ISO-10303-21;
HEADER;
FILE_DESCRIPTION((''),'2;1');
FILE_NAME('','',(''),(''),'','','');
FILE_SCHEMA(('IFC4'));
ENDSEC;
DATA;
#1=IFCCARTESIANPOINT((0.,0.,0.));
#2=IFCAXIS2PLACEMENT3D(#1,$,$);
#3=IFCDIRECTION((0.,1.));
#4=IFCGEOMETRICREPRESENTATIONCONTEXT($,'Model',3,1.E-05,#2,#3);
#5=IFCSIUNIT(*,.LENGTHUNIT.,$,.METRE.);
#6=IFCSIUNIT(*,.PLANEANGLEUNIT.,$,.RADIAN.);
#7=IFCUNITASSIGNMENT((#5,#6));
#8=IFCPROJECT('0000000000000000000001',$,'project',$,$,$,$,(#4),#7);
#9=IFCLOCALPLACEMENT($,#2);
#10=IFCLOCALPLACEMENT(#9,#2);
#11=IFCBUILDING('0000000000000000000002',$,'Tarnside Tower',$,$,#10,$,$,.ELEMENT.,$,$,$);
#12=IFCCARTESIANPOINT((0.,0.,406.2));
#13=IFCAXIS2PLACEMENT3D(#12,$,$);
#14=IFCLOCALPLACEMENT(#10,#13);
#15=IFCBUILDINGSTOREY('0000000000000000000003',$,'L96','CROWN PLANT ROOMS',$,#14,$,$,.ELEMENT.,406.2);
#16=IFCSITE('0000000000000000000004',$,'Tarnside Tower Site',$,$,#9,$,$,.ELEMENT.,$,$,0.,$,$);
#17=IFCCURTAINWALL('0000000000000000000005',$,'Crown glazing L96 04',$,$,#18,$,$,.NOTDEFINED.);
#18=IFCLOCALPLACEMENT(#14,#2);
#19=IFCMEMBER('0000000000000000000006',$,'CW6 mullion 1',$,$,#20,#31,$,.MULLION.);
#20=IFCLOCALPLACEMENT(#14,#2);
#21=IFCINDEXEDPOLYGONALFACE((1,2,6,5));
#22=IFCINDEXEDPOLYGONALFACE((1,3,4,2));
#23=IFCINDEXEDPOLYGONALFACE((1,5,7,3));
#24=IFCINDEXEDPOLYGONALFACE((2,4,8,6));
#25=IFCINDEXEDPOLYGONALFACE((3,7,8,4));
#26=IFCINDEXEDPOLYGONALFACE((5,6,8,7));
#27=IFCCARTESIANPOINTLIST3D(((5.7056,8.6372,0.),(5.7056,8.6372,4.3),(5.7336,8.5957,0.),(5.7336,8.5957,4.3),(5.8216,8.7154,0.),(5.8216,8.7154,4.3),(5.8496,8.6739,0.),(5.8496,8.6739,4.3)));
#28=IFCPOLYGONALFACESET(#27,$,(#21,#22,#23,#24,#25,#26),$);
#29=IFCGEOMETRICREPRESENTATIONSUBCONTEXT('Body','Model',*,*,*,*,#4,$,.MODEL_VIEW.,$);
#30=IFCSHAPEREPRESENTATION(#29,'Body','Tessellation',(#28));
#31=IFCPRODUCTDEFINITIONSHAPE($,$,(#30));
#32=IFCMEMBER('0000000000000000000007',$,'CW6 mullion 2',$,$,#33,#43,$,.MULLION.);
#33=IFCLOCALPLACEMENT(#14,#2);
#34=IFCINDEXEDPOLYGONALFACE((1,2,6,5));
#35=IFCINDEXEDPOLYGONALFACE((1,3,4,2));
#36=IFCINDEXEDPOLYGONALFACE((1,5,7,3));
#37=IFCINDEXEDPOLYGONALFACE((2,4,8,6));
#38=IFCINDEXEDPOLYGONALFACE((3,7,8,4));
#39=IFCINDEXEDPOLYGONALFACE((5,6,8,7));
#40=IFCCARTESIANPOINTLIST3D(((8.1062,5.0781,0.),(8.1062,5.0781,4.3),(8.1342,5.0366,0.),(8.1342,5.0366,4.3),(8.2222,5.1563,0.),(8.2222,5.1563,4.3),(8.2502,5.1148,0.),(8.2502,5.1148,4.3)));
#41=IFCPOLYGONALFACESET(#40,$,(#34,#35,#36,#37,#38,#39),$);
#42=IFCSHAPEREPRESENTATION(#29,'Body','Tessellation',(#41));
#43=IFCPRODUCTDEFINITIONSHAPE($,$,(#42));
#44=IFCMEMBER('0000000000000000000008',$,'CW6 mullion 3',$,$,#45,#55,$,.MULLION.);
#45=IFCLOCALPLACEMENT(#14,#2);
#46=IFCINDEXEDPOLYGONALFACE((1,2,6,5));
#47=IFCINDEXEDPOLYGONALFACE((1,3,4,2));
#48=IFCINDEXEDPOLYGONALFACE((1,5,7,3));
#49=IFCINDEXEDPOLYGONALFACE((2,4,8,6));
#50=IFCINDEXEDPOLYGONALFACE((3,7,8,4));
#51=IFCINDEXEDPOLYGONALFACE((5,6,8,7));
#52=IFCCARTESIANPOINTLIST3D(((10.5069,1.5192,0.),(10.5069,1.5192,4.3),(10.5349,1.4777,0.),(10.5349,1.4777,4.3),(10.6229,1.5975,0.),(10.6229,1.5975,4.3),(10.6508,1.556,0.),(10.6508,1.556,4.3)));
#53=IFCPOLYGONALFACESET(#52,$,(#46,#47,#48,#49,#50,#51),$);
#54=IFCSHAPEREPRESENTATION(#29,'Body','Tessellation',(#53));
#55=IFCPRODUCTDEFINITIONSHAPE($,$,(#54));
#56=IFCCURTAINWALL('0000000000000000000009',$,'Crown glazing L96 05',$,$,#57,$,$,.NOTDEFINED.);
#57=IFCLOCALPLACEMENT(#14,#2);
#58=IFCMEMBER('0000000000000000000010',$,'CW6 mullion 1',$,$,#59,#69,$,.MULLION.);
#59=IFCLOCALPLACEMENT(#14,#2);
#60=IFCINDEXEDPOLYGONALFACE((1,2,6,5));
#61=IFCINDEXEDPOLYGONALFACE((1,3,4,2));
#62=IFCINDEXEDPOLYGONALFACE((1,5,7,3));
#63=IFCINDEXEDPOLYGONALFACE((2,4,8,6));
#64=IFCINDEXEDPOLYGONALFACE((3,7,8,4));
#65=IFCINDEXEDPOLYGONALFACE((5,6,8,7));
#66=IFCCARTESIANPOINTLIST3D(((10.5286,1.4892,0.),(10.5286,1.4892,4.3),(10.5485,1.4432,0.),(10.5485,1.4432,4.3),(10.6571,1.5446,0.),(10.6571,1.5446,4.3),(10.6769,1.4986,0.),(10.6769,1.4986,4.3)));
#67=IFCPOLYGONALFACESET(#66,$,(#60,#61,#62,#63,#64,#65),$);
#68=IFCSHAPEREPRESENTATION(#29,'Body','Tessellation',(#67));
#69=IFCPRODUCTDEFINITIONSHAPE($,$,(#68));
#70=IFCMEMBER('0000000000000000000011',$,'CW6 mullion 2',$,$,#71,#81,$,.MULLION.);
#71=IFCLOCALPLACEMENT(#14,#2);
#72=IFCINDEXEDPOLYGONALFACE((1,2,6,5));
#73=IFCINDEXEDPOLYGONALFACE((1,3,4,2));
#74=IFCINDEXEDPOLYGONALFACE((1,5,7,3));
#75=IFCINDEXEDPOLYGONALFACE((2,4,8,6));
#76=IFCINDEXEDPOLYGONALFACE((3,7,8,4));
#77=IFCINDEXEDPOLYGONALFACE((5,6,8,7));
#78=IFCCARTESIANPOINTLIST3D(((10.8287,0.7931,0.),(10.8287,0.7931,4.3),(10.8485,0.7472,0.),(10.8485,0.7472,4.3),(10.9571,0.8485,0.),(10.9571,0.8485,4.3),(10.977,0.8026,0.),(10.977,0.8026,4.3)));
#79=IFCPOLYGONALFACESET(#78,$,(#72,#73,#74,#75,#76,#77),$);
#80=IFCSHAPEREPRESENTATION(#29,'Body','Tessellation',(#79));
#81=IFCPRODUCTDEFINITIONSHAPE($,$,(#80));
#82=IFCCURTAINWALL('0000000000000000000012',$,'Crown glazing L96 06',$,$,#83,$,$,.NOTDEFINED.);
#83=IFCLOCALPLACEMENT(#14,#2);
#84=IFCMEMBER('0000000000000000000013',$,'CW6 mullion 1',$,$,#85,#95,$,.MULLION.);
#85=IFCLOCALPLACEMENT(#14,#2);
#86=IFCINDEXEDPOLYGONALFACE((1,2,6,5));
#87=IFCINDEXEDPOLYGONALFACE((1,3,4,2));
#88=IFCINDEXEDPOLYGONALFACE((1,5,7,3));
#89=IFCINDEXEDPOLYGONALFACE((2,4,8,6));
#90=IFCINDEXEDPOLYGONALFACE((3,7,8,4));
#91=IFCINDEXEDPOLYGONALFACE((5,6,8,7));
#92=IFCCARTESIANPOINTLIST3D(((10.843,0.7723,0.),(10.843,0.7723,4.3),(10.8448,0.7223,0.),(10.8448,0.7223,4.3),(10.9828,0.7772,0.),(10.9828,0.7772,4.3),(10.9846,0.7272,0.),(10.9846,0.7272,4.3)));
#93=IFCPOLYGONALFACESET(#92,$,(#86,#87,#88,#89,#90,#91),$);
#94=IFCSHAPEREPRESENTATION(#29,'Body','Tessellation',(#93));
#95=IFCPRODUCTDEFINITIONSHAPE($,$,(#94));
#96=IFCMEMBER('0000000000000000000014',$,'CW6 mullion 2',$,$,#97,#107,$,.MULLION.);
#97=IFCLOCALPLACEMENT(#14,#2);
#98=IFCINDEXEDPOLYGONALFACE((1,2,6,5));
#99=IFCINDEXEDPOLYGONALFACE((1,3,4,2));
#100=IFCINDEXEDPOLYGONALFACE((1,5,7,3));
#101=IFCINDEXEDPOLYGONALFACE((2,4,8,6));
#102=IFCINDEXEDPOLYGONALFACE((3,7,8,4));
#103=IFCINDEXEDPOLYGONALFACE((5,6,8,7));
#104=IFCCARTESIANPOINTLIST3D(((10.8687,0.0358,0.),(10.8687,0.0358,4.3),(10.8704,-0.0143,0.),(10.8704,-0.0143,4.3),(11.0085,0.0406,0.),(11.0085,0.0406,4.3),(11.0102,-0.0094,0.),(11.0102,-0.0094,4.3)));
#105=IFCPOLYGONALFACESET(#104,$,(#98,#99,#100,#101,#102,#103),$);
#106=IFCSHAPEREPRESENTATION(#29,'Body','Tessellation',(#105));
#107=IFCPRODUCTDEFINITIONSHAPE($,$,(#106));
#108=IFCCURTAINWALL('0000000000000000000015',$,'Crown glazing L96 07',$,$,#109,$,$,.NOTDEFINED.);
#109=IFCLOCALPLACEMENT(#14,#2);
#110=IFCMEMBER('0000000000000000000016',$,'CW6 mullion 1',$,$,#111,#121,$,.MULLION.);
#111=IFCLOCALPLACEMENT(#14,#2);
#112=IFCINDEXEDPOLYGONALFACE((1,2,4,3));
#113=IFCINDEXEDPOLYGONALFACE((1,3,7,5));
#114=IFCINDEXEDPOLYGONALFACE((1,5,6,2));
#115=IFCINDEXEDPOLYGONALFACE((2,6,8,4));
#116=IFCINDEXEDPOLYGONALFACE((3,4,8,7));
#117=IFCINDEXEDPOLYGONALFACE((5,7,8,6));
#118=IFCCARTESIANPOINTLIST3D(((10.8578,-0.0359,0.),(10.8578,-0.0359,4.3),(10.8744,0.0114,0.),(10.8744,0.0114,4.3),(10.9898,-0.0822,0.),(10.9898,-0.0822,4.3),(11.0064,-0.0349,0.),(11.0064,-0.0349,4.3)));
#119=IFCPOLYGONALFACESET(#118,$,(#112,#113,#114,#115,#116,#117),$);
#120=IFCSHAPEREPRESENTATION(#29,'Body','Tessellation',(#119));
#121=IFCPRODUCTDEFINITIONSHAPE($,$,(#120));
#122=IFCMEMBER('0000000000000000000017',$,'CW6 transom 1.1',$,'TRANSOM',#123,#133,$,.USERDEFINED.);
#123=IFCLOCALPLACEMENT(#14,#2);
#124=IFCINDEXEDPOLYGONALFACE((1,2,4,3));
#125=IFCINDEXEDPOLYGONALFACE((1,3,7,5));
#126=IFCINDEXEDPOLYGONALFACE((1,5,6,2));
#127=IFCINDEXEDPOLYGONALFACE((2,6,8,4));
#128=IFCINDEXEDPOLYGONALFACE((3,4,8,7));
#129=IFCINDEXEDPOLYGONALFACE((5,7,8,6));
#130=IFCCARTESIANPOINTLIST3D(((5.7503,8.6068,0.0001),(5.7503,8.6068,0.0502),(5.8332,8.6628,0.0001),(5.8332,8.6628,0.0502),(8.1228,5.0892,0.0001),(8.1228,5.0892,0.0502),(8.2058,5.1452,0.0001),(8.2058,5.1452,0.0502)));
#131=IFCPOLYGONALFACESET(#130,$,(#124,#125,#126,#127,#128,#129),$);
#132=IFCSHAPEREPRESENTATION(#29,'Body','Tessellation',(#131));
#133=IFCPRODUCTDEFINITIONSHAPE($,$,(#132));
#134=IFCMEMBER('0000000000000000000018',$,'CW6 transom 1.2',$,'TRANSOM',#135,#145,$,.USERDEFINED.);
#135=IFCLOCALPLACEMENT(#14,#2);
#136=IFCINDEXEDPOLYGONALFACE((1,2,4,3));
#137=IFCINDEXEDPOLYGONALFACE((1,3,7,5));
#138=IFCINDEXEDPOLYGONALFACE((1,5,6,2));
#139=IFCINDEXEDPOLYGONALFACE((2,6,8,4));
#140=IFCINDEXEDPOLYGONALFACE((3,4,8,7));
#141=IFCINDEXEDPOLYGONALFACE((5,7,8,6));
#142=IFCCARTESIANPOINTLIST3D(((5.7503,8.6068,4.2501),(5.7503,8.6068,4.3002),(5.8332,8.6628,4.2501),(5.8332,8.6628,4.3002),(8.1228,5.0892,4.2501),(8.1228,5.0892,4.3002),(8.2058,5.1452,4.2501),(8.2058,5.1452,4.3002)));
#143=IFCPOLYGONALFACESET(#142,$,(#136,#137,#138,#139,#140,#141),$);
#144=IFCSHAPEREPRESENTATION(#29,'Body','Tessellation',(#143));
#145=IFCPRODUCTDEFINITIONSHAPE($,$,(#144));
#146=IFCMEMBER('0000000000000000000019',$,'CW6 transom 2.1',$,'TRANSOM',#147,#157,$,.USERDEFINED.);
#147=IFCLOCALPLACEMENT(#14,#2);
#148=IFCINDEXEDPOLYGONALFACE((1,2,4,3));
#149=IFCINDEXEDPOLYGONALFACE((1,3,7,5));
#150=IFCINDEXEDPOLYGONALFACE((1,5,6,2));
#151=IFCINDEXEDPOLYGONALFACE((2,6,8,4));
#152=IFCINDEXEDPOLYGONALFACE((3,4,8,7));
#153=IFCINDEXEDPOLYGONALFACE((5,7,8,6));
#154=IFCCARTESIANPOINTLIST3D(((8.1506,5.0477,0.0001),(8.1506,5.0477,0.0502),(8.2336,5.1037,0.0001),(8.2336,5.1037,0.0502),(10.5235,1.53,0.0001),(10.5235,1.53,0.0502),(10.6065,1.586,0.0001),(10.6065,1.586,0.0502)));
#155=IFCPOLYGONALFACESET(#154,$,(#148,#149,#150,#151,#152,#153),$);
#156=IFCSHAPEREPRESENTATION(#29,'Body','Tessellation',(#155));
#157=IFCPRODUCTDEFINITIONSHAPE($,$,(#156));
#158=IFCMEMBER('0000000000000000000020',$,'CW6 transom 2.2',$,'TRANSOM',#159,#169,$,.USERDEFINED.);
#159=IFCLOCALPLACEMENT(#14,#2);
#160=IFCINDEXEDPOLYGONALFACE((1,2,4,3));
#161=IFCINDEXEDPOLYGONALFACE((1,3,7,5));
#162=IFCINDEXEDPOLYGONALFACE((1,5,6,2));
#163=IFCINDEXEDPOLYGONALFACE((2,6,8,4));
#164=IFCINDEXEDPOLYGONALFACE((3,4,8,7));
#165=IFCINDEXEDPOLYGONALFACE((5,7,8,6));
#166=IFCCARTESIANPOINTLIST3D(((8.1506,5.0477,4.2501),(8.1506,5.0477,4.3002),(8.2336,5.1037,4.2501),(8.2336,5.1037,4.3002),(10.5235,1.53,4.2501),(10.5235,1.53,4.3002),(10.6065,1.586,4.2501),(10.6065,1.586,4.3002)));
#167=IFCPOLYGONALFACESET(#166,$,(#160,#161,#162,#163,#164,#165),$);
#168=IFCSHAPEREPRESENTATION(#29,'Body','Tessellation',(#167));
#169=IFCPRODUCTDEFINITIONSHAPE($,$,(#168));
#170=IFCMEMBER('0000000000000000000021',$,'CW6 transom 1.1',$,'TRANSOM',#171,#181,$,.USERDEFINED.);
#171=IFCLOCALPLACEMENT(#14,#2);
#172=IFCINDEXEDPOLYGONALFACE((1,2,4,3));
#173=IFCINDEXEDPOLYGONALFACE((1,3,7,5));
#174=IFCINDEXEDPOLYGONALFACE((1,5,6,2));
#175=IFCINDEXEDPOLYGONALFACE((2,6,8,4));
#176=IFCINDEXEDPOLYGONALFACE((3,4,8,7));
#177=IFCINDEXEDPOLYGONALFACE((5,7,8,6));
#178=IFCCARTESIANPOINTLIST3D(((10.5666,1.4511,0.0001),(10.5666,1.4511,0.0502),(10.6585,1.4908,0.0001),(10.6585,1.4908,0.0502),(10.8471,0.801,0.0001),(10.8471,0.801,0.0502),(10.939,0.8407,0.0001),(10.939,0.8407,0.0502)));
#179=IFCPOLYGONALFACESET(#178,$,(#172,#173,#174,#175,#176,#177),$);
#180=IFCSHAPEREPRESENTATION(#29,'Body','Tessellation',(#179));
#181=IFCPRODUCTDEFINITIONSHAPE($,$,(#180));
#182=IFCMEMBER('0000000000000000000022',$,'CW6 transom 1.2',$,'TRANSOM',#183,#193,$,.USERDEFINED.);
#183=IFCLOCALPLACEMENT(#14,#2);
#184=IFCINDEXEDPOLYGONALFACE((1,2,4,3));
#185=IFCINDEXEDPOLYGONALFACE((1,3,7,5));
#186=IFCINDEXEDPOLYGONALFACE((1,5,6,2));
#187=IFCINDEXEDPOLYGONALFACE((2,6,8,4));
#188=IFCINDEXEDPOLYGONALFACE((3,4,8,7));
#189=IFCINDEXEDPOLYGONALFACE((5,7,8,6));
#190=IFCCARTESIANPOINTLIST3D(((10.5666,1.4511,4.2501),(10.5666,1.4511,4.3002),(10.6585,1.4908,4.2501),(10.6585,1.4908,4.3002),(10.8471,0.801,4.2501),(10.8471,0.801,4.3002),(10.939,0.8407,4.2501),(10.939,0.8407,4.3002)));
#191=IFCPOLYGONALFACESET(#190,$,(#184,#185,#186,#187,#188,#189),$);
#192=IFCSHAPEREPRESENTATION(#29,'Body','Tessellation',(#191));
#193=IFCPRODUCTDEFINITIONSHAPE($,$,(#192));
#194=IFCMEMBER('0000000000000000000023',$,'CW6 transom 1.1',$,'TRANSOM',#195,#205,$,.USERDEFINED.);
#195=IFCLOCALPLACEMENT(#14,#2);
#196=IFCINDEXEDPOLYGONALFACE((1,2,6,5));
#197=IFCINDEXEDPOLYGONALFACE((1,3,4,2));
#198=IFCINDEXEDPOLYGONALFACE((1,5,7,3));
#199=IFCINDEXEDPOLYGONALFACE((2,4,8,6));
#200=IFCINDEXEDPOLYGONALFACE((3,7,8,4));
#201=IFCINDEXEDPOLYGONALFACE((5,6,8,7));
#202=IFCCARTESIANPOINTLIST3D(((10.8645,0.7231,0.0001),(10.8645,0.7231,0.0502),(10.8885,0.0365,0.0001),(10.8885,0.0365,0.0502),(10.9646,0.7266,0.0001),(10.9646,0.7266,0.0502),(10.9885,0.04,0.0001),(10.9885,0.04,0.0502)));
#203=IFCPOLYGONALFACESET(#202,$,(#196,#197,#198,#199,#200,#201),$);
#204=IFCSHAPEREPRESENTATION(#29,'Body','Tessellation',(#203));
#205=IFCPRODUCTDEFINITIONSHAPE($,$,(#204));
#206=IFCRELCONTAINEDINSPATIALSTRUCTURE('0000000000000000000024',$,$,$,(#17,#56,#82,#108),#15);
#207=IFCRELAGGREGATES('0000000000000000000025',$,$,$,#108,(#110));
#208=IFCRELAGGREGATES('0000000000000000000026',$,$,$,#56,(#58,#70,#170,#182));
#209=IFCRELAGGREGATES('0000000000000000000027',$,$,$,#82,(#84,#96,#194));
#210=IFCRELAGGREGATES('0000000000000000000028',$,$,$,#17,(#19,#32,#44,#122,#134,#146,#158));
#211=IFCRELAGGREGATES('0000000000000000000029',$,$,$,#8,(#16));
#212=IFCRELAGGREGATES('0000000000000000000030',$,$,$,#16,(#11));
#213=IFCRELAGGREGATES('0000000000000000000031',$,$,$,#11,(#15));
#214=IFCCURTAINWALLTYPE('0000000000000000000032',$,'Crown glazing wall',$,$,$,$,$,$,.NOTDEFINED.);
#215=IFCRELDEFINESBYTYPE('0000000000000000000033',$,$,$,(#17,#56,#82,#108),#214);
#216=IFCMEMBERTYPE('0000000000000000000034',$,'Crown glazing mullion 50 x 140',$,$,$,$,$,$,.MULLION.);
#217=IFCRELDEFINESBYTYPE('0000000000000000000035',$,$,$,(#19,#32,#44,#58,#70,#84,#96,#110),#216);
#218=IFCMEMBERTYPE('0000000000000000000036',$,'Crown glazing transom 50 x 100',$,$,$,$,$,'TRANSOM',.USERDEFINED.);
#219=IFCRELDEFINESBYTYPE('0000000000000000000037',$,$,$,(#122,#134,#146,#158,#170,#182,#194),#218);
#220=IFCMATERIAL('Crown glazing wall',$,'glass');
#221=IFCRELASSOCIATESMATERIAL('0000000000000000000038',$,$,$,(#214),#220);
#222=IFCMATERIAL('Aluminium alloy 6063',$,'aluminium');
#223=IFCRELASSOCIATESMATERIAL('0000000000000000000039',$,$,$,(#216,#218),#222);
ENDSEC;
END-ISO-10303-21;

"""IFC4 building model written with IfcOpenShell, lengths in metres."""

from ifc_helpers import new_model, si_unit, direction, frame, origin, origin_2d, place, context, subcontext, project, spatial, rectangle, extrude, material, material_profile, profile_set, type_object, element, aggregate, save


model = new_model("IFC4")

# Units and contexts
model_context = context("Model", 3, precision=1e-05, world=origin(), true_north=direction((0.0, 1.0)))
body_context = subcontext(model_context, "Body", "Model", "MODEL_VIEW")
ifc_project = project(units=[si_unit("LENGTHUNIT", "METRE"), si_unit("PLANEANGLEUNIT", "RADIAN")], contexts=[model_context])

# Site, building, storey
site_placement = place(None, origin())
site = spatial("IfcSite", under=ifc_project, at=site_placement, Name="Tarnside Tower Site", CompositionType="ELEMENT", RefElevation=0.0)
building_placement = place(site_placement, origin())
building = spatial("IfcBuilding", under=site, at=building_placement, Name="Tarnside Tower", CompositionType="ELEMENT")
storey_placement = place(building_placement, frame((0.0, 0.0, 406.2)))
storey = spatial("IfcBuildingStorey", under=building, at=storey_placement, Name="L96", Description="CROWN PLANT ROOMS", CompositionType="ELEMENT", Elevation=406.2)

# Curtain walls, members
ifc_material_1 = material(Name="Crown glazing wall", Category="glass")
curtain_wall_type = type_object("IfcCurtainWallType", Name="Crown glazing wall", PredefinedType="NOTDEFINED", material=ifc_material_1)
curtain_wall_1_placement = place(storey_placement, origin())
curtain_wall_1 = element("IfcCurtainWall", 1, at=curtain_wall_1_placement, inside=storey, type_object=curtain_wall_type, Name="Crown glazing L96 04", PredefinedType="NOTDEFINED")
ifc_material_2 = material(Name="Aluminium alloy 6063", Category="aluminium")
ifc_material_profile_1 = material_profile(ifc_material_2, rectangle(XDim=0.1399, YDim=0.05, at=origin_2d()), Name="Crown glazing mullion 50 x 140")
ifc_profile_set_1 = profile_set([ifc_material_profile_1], Name="Aluminium alloy 6063")
member_type_1 = type_object("IfcMemberType", Name="Crown glazing mullion 50 x 140", PredefinedType="MULLION", material=ifc_profile_set_1)
member_1_placement = place(storey_placement, frame((5.7776, 8.6555, 0.0), z_axis=(0.0, 0.0, 1.0), x_axis=(0.829038, 0.559193, 0.0)))
member_1 = element("IfcMember", 2, at=member_1_placement, type_object=member_type_1, Name="CW6 mullion 1", PredefinedType="MULLION", context=body_context, shape_type="SweptSolid", body=[
    extrude(rectangle(XDim=0.1399, YDim=0.05, at=origin_2d()), origin(), (0.0, 0.0, 1.0), 4.3),
])
member_2_placement = place(storey_placement, frame((8.1782, 5.0964, 0.0), z_axis=(0.0, 0.0, 1.0), x_axis=(0.829038, 0.559193, 0.0)))
member_2 = element("IfcMember", 3, at=member_2_placement, type_object=member_type_1, Name="CW6 mullion 2", PredefinedType="MULLION", context=body_context, shape_type="SweptSolid", body=[
    extrude(rectangle(XDim=0.1399, YDim=0.05, at=origin_2d()), origin(), (0.0, 0.0, 1.0), 4.3),
])
member_3_placement = place(storey_placement, frame((10.5789, 1.5376, 0.0), z_axis=(0.0, 0.0, 1.0), x_axis=(0.829038, 0.559193, 0.0)))
member_3 = element("IfcMember", 4, at=member_3_placement, type_object=member_type_1, Name="CW6 mullion 3", PredefinedType="MULLION", context=body_context, shape_type="SweptSolid", body=[
    extrude(rectangle(XDim=0.1399, YDim=0.05, at=origin_2d()), origin(), (0.0, 0.0, 1.0), 4.3),
])
curtain_wall_2_placement = place(storey_placement, origin())
curtain_wall_2 = element("IfcCurtainWall", 5, at=curtain_wall_2_placement, inside=storey, type_object=curtain_wall_type, Name="Crown glazing L96 05", PredefinedType="NOTDEFINED")
member_4_placement = place(storey_placement, frame((10.6028, 1.4939, 0.0), z_axis=(0.0, 0.0, 1.0), x_axis=(0.918216, 0.39608, 0.0)))
member_4 = element("IfcMember", 6, at=member_4_placement, type_object=member_type_1, Name="CW6 mullion 1", PredefinedType="MULLION", context=body_context, shape_type="SweptSolid", body=[
    extrude(rectangle(XDim=0.1399, YDim=0.05, at=origin_2d()), origin(), (0.0, 0.0, 1.0), 4.3),
])
member_5_placement = place(storey_placement, frame((10.9028, 0.7979, 0.0), z_axis=(0.0, 0.0, 1.0), x_axis=(0.918216, 0.39608, 0.0)))
member_5 = element("IfcMember", 7, at=member_5_placement, type_object=member_type_1, Name="CW6 mullion 2", PredefinedType="MULLION", context=body_context, shape_type="SweptSolid", body=[
    extrude(rectangle(XDim=0.1399, YDim=0.05, at=origin_2d()), origin(), (0.0, 0.0, 1.0), 4.3),
])
curtain_wall_3_placement = place(storey_placement, origin())
curtain_wall_3 = element("IfcCurtainWall", 8, at=curtain_wall_3_placement, inside=storey, type_object=curtain_wall_type, Name="Crown glazing L96 06", PredefinedType="NOTDEFINED")
member_6_placement = place(storey_placement, frame((10.9138, 0.7498, 0.0), z_axis=(0.0, 0.0, 1.0), x_axis=(0.999391, 0.034899, 0.0)))
member_6 = element("IfcMember", 9, at=member_6_placement, type_object=member_type_1, Name="CW6 mullion 1", PredefinedType="MULLION", context=body_context, shape_type="SweptSolid", body=[
    extrude(rectangle(XDim=0.1399, YDim=0.05, at=origin_2d()), origin(), (0.0, 0.0, 1.0), 4.3),
])
member_7_placement = place(storey_placement, frame((10.9395, 0.0132, 0.0), z_axis=(0.0, 0.0, 1.0), x_axis=(0.999391, 0.034899, 0.0)))
member_7 = element("IfcMember", 10, at=member_7_placement, type_object=member_type_1, Name="CW6 mullion 2", PredefinedType="MULLION", context=body_context, shape_type="SweptSolid", body=[
    extrude(rectangle(XDim=0.1399, YDim=0.05, at=origin_2d()), origin(), (0.0, 0.0, 1.0), 4.3),
])

# Curtain wall, member
curtain_wall_4_placement = place(storey_placement, origin())
curtain_wall_4 = element("IfcCurtainWall", 11, at=curtain_wall_4_placement, inside=storey, type_object=curtain_wall_type, Name="Crown glazing L96 07", PredefinedType="NOTDEFINED")
member_8_placement = place(storey_placement, frame((10.9321, -0.0354, 0.0), z_axis=(0.0, 0.0, 1.0), x_axis=(0.943609, -0.331063, 0.0)))
member_8 = element("IfcMember", 12, at=member_8_placement, type_object=member_type_1, Name="CW6 mullion 1", PredefinedType="MULLION", context=body_context, shape_type="SweptSolid", body=[
    extrude(rectangle(XDim=0.1399, YDim=0.05, at=origin_2d()), origin(), (0.0, 0.0, 1.0), 4.3),
])
aggregate(curtain_wall_4, [member_8])

# Members
ifc_material_profile_2 = material_profile(ifc_material_2, rectangle(XDim=0.1001, YDim=0.05, at=origin_2d()), Name="Crown glazing transom 50 x 100")
ifc_profile_set_2 = profile_set([ifc_material_profile_2], Name="Aluminium alloy 6063")
member_type_2 = type_object("IfcMemberType", Name="Crown glazing transom 50 x 100", ElementType="TRANSOM", PredefinedType="USERDEFINED", material=ifc_profile_set_2)
member_9_placement = place(storey_placement, frame((5.7917, 8.6348, 0.0251), z_axis=(0.55918, -0.829046, 0.0), x_axis=(0.829046, 0.55918, 0.0)))
member_9 = element("IfcMember", 13, at=member_9_placement, type_object=member_type_2, Name="CW6 transom 1.1", ObjectType="TRANSOM", PredefinedType="USERDEFINED", context=body_context, shape_type="SweptSolid", body=[
    extrude(rectangle(XDim=0.1001, YDim=0.05, at=origin_2d()), origin(), (0.0, 0.0, 1.0), 4.2429),
])
member_10_placement = place(storey_placement, frame((5.7917, 8.6348, 4.2751), z_axis=(0.55918, -0.829046, 0.0), x_axis=(0.829046, 0.55918, 0.0)))
member_10 = element("IfcMember", 14, at=member_10_placement, type_object=member_type_2, Name="CW6 transom 1.2", ObjectType="TRANSOM", PredefinedType="USERDEFINED", context=body_context, shape_type="SweptSolid", body=[
    extrude(rectangle(XDim=0.1001, YDim=0.05, at=origin_2d()), origin(), (0.0, 0.0, 1.0), 4.2429),
])
member_11_placement = place(storey_placement, frame((8.1921, 5.0757, 0.0251), z_axis=(0.55922, -0.829019, 0.0), x_axis=(0.829019, 0.55922, 0.0)))
member_11 = element("IfcMember", 15, at=member_11_placement, type_object=member_type_2, Name="CW6 transom 2.1", ObjectType="TRANSOM", PredefinedType="USERDEFINED", context=body_context, shape_type="SweptSolid", body=[
    extrude(rectangle(XDim=0.1001, YDim=0.05, at=origin_2d()), origin(), (0.0, 0.0, 1.0), 4.2432),
])
member_12_placement = place(storey_placement, frame((8.1921, 5.0757, 4.2751), z_axis=(0.55922, -0.829019, 0.0), x_axis=(0.829019, 0.55922, 0.0)))
member_12 = element("IfcMember", 16, at=member_12_placement, type_object=member_type_2, Name="CW6 transom 2.2", ObjectType="TRANSOM", PredefinedType="USERDEFINED", context=body_context, shape_type="SweptSolid", body=[
    extrude(rectangle(XDim=0.1001, YDim=0.05, at=origin_2d()), origin(), (0.0, 0.0, 1.0), 4.2432),
])
member_13_placement = place(storey_placement, frame((10.6125, 1.4709, 0.0251), z_axis=(0.396165, -0.918179, 0.0), x_axis=(0.918179, 0.396165, 0.0)))
member_13 = element("IfcMember", 17, at=member_13_placement, type_object=member_type_2, Name="CW6 transom 1.1", ObjectType="TRANSOM", PredefinedType="USERDEFINED", context=body_context, shape_type="SweptSolid", body=[
    extrude(rectangle(XDim=0.1001, YDim=0.05, at=origin_2d()), origin(), (0.0, 0.0, 1.0), 0.708),
])
member_14_placement = place(storey_placement, frame((10.6125, 1.4709, 4.2751), z_axis=(0.396165, -0.918179, 0.0), x_axis=(0.918179, 0.396165, 0.0)))
member_14 = element("IfcMember", 18, at=member_14_placement, type_object=member_type_2, Name="CW6 transom 1.2", ObjectType="TRANSOM", PredefinedType="USERDEFINED", context=body_context, shape_type="SweptSolid", body=[
    extrude(rectangle(XDim=0.1001, YDim=0.05, at=origin_2d()), origin(), (0.0, 0.0, 1.0), 0.708),
])
member_15_placement = place(storey_placement, frame((10.9146, 0.7249, 0.0251), z_axis=(0.034829, -0.999393, 0.0), x_axis=(0.999393, 0.034829, 0.0)))
member_15 = element("IfcMember", 19, at=member_15_placement, type_object=member_type_2, Name="CW6 transom 1.1", ObjectType="TRANSOM", PredefinedType="USERDEFINED", context=body_context, shape_type="SweptSolid", body=[
    extrude(rectangle(XDim=0.1001, YDim=0.05, at=origin_2d()), origin(), (0.0, 0.0, 1.0), 0.687),
])

aggregate(curtain_wall_2, [member_4, member_5, member_13, member_14])
aggregate(curtain_wall_3, [member_6, member_7, member_15])
aggregate(curtain_wall_1, [member_1, member_2, member_3, member_9, member_10, member_11, member_12])

save(model, "model.ifc")
